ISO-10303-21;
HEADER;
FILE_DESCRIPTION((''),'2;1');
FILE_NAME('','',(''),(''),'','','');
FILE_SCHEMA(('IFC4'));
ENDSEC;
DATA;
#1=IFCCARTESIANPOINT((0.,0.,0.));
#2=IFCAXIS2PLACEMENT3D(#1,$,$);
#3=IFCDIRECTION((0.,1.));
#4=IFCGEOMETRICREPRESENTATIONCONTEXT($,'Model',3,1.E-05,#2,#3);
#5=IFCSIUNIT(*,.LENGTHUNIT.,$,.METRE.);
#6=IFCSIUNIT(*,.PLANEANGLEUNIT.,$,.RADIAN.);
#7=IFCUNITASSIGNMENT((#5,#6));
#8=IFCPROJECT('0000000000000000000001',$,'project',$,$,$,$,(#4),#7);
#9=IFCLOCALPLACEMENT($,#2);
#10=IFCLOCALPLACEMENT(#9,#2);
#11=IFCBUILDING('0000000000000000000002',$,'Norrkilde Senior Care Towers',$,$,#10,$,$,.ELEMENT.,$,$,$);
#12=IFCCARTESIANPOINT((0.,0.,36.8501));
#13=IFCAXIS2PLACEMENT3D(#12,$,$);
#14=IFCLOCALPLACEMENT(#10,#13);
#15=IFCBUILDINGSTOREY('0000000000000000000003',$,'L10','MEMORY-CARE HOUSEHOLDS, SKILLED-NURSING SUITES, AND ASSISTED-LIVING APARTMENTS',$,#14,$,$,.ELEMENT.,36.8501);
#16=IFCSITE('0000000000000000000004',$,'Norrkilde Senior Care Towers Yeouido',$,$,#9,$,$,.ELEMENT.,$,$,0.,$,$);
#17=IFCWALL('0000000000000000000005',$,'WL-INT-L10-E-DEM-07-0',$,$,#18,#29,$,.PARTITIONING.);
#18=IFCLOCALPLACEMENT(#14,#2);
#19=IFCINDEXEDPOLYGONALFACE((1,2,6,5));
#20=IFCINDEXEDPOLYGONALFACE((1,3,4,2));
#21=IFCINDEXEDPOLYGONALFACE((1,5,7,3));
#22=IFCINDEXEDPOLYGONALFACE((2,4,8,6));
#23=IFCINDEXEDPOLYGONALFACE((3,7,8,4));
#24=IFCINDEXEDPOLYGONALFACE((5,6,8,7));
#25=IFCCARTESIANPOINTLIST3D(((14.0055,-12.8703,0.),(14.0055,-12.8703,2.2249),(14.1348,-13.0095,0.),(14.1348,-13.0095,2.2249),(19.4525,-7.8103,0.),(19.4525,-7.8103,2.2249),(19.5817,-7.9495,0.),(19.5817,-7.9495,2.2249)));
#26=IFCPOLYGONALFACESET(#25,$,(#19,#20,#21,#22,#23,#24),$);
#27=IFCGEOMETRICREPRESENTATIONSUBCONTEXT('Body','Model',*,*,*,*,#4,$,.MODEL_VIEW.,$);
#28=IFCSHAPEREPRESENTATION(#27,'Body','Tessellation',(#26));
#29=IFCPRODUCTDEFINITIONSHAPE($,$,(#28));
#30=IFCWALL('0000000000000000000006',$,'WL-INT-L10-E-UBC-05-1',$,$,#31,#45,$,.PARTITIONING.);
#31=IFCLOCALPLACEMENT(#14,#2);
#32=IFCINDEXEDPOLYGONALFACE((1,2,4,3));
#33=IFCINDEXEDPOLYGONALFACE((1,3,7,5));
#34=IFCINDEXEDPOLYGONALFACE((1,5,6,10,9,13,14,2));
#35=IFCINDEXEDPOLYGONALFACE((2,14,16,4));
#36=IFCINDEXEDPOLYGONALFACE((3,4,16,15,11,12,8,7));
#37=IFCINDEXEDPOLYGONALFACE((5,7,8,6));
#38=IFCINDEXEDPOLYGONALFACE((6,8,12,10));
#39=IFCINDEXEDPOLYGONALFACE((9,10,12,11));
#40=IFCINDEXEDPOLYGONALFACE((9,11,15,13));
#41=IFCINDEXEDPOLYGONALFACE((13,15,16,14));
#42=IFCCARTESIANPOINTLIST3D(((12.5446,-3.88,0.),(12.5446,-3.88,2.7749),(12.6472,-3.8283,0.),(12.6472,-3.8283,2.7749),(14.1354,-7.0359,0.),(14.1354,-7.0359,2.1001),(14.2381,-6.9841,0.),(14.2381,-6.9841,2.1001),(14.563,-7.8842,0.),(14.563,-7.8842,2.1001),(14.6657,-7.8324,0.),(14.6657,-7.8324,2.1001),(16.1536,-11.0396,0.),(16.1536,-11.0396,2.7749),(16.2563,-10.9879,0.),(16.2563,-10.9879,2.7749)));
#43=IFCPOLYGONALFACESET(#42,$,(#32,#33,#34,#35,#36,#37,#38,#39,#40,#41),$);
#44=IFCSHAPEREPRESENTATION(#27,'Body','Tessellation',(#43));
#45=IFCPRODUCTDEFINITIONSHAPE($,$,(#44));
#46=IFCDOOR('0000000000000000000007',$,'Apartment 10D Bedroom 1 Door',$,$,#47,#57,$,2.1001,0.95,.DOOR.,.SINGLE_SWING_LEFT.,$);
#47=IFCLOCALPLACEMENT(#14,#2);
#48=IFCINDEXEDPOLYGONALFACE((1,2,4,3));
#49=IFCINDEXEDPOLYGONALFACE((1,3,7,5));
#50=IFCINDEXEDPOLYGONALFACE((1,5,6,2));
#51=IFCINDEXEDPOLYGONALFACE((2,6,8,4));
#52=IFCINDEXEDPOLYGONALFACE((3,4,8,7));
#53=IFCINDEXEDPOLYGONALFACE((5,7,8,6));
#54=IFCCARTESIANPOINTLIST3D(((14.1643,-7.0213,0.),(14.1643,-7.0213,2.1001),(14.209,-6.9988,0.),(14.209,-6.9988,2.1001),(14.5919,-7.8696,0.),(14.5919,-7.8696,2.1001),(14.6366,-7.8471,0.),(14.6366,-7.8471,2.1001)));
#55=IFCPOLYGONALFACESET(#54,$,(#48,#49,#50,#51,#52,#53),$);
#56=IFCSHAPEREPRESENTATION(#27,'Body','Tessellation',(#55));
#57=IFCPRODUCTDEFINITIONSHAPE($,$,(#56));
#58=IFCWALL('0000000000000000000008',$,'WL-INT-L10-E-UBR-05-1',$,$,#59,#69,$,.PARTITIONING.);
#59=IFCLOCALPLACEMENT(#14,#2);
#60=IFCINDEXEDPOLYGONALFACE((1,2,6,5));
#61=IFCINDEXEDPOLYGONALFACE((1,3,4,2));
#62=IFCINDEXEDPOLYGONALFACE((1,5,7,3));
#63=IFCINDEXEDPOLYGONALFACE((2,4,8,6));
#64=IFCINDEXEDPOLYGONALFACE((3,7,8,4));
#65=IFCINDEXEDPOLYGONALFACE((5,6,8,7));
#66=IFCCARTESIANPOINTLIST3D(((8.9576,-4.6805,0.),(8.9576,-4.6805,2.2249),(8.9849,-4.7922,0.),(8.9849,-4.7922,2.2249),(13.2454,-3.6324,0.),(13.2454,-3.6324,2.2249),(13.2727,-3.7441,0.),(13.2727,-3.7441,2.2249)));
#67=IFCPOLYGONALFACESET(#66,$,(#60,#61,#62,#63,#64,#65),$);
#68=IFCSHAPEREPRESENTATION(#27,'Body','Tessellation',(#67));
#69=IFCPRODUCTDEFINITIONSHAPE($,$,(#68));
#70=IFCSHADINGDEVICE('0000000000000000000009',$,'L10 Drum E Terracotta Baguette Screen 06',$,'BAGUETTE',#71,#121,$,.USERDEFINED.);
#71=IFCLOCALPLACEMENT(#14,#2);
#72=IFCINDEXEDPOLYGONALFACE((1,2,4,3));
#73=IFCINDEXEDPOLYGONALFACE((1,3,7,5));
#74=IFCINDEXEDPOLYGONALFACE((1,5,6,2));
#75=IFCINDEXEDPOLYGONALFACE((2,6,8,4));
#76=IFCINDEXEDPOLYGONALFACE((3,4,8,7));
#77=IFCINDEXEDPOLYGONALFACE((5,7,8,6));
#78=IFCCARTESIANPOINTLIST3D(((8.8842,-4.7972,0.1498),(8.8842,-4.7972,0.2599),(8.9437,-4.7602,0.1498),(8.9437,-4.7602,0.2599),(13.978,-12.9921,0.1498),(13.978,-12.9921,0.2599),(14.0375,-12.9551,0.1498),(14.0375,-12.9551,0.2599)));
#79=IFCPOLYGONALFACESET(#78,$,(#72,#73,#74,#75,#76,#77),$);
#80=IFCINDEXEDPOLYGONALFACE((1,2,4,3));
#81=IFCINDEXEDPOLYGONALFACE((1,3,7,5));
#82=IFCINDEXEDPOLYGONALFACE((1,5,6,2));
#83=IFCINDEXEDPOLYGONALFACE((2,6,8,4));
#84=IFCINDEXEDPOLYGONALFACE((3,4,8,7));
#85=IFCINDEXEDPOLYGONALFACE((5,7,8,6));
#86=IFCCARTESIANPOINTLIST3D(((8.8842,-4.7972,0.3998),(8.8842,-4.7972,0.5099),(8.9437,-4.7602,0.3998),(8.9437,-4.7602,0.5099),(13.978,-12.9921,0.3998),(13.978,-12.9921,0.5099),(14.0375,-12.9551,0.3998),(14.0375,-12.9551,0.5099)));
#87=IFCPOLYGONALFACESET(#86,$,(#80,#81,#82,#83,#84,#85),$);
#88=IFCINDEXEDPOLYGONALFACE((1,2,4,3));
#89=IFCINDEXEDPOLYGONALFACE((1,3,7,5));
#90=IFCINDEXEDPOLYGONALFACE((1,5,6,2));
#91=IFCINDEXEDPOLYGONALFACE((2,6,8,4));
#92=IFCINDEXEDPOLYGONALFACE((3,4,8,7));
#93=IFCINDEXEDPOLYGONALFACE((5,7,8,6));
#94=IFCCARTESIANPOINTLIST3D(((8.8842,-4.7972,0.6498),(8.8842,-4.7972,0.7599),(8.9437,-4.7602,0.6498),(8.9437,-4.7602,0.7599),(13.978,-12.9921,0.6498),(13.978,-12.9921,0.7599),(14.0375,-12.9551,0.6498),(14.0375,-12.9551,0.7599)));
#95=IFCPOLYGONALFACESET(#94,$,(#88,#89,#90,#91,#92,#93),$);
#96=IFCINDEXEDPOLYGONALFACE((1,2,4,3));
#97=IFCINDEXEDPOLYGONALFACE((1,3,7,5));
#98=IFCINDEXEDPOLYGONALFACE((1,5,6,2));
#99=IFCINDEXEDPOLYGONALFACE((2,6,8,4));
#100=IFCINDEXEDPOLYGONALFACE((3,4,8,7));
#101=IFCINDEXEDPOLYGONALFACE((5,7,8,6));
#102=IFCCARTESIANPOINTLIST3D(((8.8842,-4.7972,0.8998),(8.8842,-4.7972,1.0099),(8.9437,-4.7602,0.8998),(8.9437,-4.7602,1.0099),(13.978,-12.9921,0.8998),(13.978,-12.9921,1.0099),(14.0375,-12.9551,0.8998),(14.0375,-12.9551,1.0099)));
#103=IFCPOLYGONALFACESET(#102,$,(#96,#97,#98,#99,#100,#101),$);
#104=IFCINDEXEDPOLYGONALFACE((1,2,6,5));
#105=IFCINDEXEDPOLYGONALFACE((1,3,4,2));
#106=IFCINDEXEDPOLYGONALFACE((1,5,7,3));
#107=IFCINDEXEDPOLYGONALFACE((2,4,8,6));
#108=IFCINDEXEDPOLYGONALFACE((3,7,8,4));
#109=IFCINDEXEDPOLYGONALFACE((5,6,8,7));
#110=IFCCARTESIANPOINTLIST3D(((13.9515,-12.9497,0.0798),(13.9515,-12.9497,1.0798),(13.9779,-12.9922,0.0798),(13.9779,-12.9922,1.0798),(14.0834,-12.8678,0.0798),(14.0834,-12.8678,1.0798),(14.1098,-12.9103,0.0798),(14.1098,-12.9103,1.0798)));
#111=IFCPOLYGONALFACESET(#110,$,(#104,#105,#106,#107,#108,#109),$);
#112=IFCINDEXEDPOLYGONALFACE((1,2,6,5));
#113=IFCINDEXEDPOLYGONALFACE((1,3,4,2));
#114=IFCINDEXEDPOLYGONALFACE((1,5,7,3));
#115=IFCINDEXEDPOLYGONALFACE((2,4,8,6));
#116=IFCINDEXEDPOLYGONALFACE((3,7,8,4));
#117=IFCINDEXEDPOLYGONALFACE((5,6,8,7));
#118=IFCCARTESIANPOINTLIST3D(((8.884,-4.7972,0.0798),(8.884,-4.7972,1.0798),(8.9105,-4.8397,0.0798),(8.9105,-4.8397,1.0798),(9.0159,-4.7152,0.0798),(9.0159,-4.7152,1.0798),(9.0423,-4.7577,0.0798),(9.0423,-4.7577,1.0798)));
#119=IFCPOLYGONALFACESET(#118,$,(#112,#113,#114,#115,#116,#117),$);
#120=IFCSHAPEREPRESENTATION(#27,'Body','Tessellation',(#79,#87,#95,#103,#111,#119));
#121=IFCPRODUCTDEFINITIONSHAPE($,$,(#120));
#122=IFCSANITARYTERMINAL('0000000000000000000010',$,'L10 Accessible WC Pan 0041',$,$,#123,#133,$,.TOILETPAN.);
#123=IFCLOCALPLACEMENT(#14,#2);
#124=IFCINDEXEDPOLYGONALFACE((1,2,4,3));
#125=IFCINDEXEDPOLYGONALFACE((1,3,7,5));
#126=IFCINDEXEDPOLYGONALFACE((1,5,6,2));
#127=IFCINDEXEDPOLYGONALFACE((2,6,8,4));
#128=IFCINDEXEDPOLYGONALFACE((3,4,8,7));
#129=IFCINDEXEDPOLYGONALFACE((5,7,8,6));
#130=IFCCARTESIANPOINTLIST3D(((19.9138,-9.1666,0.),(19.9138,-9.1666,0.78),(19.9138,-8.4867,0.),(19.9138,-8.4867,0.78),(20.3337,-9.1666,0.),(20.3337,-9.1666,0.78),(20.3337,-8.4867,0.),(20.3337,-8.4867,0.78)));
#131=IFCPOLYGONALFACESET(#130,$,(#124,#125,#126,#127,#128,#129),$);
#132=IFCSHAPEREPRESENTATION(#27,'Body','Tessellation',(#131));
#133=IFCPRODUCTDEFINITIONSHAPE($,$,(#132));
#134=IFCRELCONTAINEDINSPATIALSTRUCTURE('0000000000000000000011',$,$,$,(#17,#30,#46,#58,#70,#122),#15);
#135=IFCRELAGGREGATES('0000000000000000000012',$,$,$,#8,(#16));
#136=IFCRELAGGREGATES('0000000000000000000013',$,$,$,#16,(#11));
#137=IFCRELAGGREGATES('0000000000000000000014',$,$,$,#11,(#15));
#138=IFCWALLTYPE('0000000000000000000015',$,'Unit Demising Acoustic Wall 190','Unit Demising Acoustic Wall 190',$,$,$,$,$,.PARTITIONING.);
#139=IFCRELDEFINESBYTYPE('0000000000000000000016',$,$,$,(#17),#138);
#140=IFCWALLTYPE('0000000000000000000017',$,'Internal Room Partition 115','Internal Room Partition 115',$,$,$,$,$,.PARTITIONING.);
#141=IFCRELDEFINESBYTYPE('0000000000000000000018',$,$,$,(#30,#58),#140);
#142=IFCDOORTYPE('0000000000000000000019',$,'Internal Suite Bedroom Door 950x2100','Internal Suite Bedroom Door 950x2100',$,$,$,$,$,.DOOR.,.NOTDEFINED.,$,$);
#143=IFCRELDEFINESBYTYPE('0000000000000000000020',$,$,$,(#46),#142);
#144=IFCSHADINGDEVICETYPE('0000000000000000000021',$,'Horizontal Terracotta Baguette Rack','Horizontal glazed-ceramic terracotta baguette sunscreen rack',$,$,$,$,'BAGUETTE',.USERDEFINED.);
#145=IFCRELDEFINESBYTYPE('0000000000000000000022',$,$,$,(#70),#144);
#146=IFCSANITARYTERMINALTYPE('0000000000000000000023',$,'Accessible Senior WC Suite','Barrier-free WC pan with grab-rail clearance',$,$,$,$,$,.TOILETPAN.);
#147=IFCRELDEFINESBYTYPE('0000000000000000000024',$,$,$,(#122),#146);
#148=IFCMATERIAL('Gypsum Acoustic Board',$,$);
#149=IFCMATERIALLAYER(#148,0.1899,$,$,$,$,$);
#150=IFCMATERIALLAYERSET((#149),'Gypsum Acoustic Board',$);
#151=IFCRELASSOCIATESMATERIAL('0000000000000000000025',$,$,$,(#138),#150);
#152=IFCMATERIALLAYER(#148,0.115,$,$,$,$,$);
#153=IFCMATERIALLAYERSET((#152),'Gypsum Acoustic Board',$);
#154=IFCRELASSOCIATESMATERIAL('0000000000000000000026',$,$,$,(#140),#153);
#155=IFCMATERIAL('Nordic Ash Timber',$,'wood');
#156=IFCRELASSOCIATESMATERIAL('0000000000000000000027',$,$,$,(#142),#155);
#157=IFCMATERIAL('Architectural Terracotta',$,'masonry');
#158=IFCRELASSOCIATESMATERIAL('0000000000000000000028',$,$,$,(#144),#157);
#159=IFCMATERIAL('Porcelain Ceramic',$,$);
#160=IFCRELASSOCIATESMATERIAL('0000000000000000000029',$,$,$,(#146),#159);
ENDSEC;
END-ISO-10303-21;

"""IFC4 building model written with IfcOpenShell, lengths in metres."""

from ifc_helpers import new_model, si_unit, direction, frame, frame_2d, origin, origin_2d, place, context, subcontext, project, spatial, rectangle, extrude, source, transform, mapped, material, layer, layer_set, type_object, type_shapes, element, fill, save


model = new_model("IFC4")

# Units and contexts
model_context = context("Model", 3, precision=1e-05, world=origin(), true_north=direction((0.0, 1.0)))
body_context = subcontext(model_context, "Body", "Model", "MODEL_VIEW")
ifc_project = project(units=[si_unit("LENGTHUNIT", "METRE"), si_unit("PLANEANGLEUNIT", "RADIAN")], contexts=[model_context])

# Site, building, storey
site_placement = place(None, origin())
site = spatial("IfcSite", under=ifc_project, at=site_placement, Name="Norrkilde Senior Care Towers Yeouido", CompositionType="ELEMENT", RefElevation=0.0)
building_placement = place(site_placement, origin())
building = spatial("IfcBuilding", under=site, at=building_placement, Name="Norrkilde Senior Care Towers", CompositionType="ELEMENT")
storey_placement = place(building_placement, frame((0.0, 0.0, 36.8501)))
storey = spatial("IfcBuildingStorey", under=building, at=storey_placement, Name="L10", Description="MEMORY-CARE HOUSEHOLDS, SKILLED-NURSING SUITES, AND ASSISTED-LIVING APARTMENTS", CompositionType="ELEMENT", Elevation=36.8501)

# Shared definitions
ifc_material_1 = material(Name="Gypsum Acoustic Board")
ifc_material_2 = material(Name="Nordic Ash Timber", Category="wood")

# Wall
ifc_layer_1 = layer(ifc_material_1, 0.1899)
ifc_layer_set_1 = layer_set([ifc_layer_1], Name="Gypsum Acoustic Board")
wall_type_1 = type_object("IfcWallType", Name="Unit Demising Acoustic Wall 190", Description="Unit Demising Acoustic Wall 190", PredefinedType="PARTITIONING", material=ifc_layer_set_1)
shared_shape_1 = source(origin(), body_context, "Body", "SweptSolid", [
    extrude(rectangle(XDim=7.4346, YDim=0.1899, at=frame_2d((3.7173, 0.0))), origin(), (0.0, 0.0, 1.0), 2.2249),
])
type_shapes(wall_type_1, [shared_shape_1])
wall_1_placement = place(storey_placement, frame((19.5171, -7.8799, 0.0), z_axis=(0.0, 0.0, 1.0), x_axis=(-0.732652, -0.680603, 0.0)))
element("IfcWall", 1, at=wall_1_placement, inside=storey, type_object=wall_type_1, Name="WL-INT-L10-E-DEM-07-0", PredefinedType="PARTITIONING", context=body_context, shape_type="MappedRepresentation", body=[
    mapped(shared_shape_1, transform((0.0, 0.0, 0.0), x_axis=(1.0, 0.0, 0.0), y_axis=(0.0, 1.0, 0.0), z_axis=(0.0, 0.0, 1.0), scale=1.0)),
])

# Wall, opening, door
ifc_layer_2 = layer(ifc_material_1, 0.115)
ifc_layer_set_2 = layer_set([ifc_layer_2], Name="Gypsum Acoustic Board")
wall_type_2 = type_object("IfcWallType", Name="Internal Room Partition 115", Description="Internal Room Partition 115", PredefinedType="PARTITIONING", material=ifc_layer_set_2)
shared_shape_2 = source(origin(), body_context, "Body", "SweptSolid", [
    extrude(rectangle(XDim=8.0178, YDim=0.115, at=frame_2d((4.0088, 0.0))), origin(), (0.0, 0.0, 1.0), 2.7749),
])
wall_2_placement = place(storey_placement, frame((12.5959, -3.8542, 0.0), z_axis=(0.0, 0.0, 1.0), x_axis=(0.450134, -0.892961, 0.0)))
wall_2 = element("IfcWall", 2, at=wall_2_placement, inside=storey, type_object=wall_type_2, Name="WL-INT-L10-E-UBC-05-1", PredefinedType="PARTITIONING", context=body_context, shape_type="MappedRepresentation", body=[
    mapped(shared_shape_2, transform((0.0, 0.0, 0.0), x_axis=(1.0, 0.0, 0.0), y_axis=(0.0, 1.0, 0.0), z_axis=(0.0, 0.0, 1.0), scale=1.0)),
])
opening_1_placement = place(wall_2_placement, frame((3.5339, 0.0, 0.0)))
opening_1 = element("IfcOpeningElement", 3, at=opening_1_placement, cuts=wall_2, PredefinedType="OPENING", context=body_context, shape_type="SweptSolid", body=[
    extrude(rectangle(XDim=0.95, YDim=2.1001, at=frame_2d((0.4751, 1.05))), frame((0.0, 0.0674, 0.0), z_axis=(0.0, -1.0, 0.0), x_axis=(1.0, 0.0, 0.0)), (0.0, 0.0, 1.0), 0.135),
])
door_type_1 = type_object("IfcDoorType", Name="Internal Suite Bedroom Door 950x2100", Description="Internal Suite Bedroom Door 950x2100", OperationType="NOTDEFINED", PredefinedType="DOOR", material=ifc_material_2)
shared_shape_3 = source(origin(), body_context, "Body", "SweptSolid", [
    extrude(rectangle(XDim=0.95, YDim=2.1001, at=frame_2d((0.4751, 1.05))), frame((0.0, 0.0249, 0.0), z_axis=(0.0, -1.0, 0.0), x_axis=(1.0, 0.0, 0.0)), (0.0, 0.0, 1.0), 0.05),
])
type_shapes(door_type_1, [shared_shape_3])
door_1_placement = place(opening_1_placement, origin())
door_1 = element("IfcDoor", 4, at=door_1_placement, inside=storey, type_object=door_type_1, Name="Apartment 10D Bedroom 1 Door", OperationType="SINGLE_SWING_LEFT", OverallHeight=2.1001, OverallWidth=0.95, PredefinedType="DOOR", context=body_context, shape_type="MappedRepresentation", body=[
    mapped(shared_shape_3, transform((0.0, 0.0, 0.0), x_axis=(1.0, 0.0, 0.0), y_axis=(0.0, 1.0, 0.0), z_axis=(0.0, 0.0, 1.0), scale=1.0)),
])
fill(opening_1, door_1)

# Wall
shared_shape_4 = source(origin(), body_context, "Body", "SweptSolid", [
    extrude(rectangle(XDim=4.4141, YDim=0.115, at=frame_2d((2.207, 0.0))), origin(), (0.0, 0.0, 1.0), 2.2249),
])
type_shapes(wall_type_2, [shared_shape_2, shared_shape_4])
wall_3_placement = place(storey_placement, frame((13.259, -3.6882, 0.0), z_axis=(0.0, 0.0, 1.0), x_axis=(-0.971401, -0.237444, 0.0)))
element("IfcWall", 5, at=wall_3_placement, inside=storey, type_object=wall_type_2, Name="WL-INT-L10-E-UBR-05-1", PredefinedType="PARTITIONING", context=body_context, shape_type="MappedRepresentation", body=[
    mapped(shared_shape_4, transform((0.0, 0.0, 0.0), x_axis=(1.0, 0.0, 0.0), y_axis=(0.0, 1.0, 0.0), z_axis=(0.0, 0.0, 1.0), scale=1.0)),
])

# Shading device
ifc_material_3 = material(Name="Architectural Terracotta", Category="masonry")
shading_device_type = type_object("IfcShadingDeviceType", Name="Horizontal Terracotta Baguette Rack", Description="Horizontal glazed-ceramic terracotta baguette sunscreen rack", ElementType="BAGUETTE", PredefinedType="USERDEFINED", material=ifc_material_3)
shared_shape_5 = source(origin(), body_context, "Body", "SweptSolid", [
    extrude(rectangle(XDim=0.0701, YDim=0.1101, at=origin_2d()), frame((0.0, 0.0901, 0.125), z_axis=(1.0, 0.0, 0.0), x_axis=(0.0, 1.0, 0.0)), (0.0, 0.0, 1.0), 9.6489),
    extrude(rectangle(XDim=0.0701, YDim=0.1101, at=origin_2d()), frame((0.0, 0.0901, 0.375), z_axis=(1.0, 0.0, 0.0), x_axis=(0.0, 1.0, 0.0)), (0.0, 0.0, 1.0), 9.6489),
    extrude(rectangle(XDim=0.0701, YDim=0.1101, at=origin_2d()), frame((0.0, 0.0901, 0.625), z_axis=(1.0, 0.0, 0.0), x_axis=(0.0, 1.0, 0.0)), (0.0, 0.0, 1.0), 9.6489),
    extrude(rectangle(XDim=0.0701, YDim=0.1101, at=origin_2d()), frame((0.0, 0.0901, 0.875), z_axis=(1.0, 0.0, 0.0), x_axis=(0.0, 1.0, 0.0)), (0.0, 0.0, 1.0), 9.6489),
    extrude(rectangle(XDim=0.05, YDim=0.1553, at=origin_2d()), frame((0.0249, 0.0476, 0.0)), (0.0, 0.0, 1.0), 1.0),
    extrude(rectangle(XDim=0.05, YDim=0.1553, at=origin_2d()), frame((9.624, 0.0476, 0.0)), (0.0, 0.0, 1.0), 1.0),
])
type_shapes(shading_device_type, [shared_shape_5])
shading_device_placement = place(storey_placement, frame((14.0842, -12.926, 0.0798), z_axis=(0.0, 0.0, 1.0), x_axis=(-0.527909, 0.849299, 0.0)))
element("IfcShadingDevice", 6, at=shading_device_placement, inside=storey, type_object=shading_device_type, Name="L10 Drum E Terracotta Baguette Screen 06", ObjectType="BAGUETTE", PredefinedType="USERDEFINED", context=body_context, shape_type="MappedRepresentation", body=[
    mapped(shared_shape_5, transform((0.0, 0.0, 0.0), x_axis=(1.0, 0.0, 0.0), y_axis=(0.0, 1.0, 0.0), z_axis=(0.0, 0.0, 1.0), scale=1.0)),
])

# Sanitary terminal
ifc_material_4 = material(Name="Porcelain Ceramic")
sanitary_terminal_type = type_object("IfcSanitaryTerminalType", Name="Accessible Senior WC Suite", Description="Barrier-free WC pan with grab-rail clearance", PredefinedType="TOILETPAN", material=ifc_material_4)
shared_shape_6 = source(origin(), body_context, "Body", "SweptSolid", [
    extrude(rectangle(XDim=0.4199, YDim=0.6799, at=origin_2d()), origin(), (0.0, 0.0, 1.0), 0.78),
])
type_shapes(sanitary_terminal_type, [shared_shape_6])
sanitary_terminal_placement = place(storey_placement, frame((20.1238, -8.8267, 0.0), z_axis=(0.0, 0.0, 1.0), x_axis=(1.0, 0.0, 0.0)))
element("IfcSanitaryTerminal", 7, at=sanitary_terminal_placement, inside=storey, type_object=sanitary_terminal_type, Name="L10 Accessible WC Pan 0041", PredefinedType="TOILETPAN", context=body_context, shape_type="MappedRepresentation", body=[
    mapped(shared_shape_6, transform((0.0, 0.0, 0.0), x_axis=(1.0, 0.0, 0.0), y_axis=(0.0, 1.0, 0.0), z_axis=(0.0, 0.0, 1.0), scale=1.0)),
])

save(model, "model.ifc")
